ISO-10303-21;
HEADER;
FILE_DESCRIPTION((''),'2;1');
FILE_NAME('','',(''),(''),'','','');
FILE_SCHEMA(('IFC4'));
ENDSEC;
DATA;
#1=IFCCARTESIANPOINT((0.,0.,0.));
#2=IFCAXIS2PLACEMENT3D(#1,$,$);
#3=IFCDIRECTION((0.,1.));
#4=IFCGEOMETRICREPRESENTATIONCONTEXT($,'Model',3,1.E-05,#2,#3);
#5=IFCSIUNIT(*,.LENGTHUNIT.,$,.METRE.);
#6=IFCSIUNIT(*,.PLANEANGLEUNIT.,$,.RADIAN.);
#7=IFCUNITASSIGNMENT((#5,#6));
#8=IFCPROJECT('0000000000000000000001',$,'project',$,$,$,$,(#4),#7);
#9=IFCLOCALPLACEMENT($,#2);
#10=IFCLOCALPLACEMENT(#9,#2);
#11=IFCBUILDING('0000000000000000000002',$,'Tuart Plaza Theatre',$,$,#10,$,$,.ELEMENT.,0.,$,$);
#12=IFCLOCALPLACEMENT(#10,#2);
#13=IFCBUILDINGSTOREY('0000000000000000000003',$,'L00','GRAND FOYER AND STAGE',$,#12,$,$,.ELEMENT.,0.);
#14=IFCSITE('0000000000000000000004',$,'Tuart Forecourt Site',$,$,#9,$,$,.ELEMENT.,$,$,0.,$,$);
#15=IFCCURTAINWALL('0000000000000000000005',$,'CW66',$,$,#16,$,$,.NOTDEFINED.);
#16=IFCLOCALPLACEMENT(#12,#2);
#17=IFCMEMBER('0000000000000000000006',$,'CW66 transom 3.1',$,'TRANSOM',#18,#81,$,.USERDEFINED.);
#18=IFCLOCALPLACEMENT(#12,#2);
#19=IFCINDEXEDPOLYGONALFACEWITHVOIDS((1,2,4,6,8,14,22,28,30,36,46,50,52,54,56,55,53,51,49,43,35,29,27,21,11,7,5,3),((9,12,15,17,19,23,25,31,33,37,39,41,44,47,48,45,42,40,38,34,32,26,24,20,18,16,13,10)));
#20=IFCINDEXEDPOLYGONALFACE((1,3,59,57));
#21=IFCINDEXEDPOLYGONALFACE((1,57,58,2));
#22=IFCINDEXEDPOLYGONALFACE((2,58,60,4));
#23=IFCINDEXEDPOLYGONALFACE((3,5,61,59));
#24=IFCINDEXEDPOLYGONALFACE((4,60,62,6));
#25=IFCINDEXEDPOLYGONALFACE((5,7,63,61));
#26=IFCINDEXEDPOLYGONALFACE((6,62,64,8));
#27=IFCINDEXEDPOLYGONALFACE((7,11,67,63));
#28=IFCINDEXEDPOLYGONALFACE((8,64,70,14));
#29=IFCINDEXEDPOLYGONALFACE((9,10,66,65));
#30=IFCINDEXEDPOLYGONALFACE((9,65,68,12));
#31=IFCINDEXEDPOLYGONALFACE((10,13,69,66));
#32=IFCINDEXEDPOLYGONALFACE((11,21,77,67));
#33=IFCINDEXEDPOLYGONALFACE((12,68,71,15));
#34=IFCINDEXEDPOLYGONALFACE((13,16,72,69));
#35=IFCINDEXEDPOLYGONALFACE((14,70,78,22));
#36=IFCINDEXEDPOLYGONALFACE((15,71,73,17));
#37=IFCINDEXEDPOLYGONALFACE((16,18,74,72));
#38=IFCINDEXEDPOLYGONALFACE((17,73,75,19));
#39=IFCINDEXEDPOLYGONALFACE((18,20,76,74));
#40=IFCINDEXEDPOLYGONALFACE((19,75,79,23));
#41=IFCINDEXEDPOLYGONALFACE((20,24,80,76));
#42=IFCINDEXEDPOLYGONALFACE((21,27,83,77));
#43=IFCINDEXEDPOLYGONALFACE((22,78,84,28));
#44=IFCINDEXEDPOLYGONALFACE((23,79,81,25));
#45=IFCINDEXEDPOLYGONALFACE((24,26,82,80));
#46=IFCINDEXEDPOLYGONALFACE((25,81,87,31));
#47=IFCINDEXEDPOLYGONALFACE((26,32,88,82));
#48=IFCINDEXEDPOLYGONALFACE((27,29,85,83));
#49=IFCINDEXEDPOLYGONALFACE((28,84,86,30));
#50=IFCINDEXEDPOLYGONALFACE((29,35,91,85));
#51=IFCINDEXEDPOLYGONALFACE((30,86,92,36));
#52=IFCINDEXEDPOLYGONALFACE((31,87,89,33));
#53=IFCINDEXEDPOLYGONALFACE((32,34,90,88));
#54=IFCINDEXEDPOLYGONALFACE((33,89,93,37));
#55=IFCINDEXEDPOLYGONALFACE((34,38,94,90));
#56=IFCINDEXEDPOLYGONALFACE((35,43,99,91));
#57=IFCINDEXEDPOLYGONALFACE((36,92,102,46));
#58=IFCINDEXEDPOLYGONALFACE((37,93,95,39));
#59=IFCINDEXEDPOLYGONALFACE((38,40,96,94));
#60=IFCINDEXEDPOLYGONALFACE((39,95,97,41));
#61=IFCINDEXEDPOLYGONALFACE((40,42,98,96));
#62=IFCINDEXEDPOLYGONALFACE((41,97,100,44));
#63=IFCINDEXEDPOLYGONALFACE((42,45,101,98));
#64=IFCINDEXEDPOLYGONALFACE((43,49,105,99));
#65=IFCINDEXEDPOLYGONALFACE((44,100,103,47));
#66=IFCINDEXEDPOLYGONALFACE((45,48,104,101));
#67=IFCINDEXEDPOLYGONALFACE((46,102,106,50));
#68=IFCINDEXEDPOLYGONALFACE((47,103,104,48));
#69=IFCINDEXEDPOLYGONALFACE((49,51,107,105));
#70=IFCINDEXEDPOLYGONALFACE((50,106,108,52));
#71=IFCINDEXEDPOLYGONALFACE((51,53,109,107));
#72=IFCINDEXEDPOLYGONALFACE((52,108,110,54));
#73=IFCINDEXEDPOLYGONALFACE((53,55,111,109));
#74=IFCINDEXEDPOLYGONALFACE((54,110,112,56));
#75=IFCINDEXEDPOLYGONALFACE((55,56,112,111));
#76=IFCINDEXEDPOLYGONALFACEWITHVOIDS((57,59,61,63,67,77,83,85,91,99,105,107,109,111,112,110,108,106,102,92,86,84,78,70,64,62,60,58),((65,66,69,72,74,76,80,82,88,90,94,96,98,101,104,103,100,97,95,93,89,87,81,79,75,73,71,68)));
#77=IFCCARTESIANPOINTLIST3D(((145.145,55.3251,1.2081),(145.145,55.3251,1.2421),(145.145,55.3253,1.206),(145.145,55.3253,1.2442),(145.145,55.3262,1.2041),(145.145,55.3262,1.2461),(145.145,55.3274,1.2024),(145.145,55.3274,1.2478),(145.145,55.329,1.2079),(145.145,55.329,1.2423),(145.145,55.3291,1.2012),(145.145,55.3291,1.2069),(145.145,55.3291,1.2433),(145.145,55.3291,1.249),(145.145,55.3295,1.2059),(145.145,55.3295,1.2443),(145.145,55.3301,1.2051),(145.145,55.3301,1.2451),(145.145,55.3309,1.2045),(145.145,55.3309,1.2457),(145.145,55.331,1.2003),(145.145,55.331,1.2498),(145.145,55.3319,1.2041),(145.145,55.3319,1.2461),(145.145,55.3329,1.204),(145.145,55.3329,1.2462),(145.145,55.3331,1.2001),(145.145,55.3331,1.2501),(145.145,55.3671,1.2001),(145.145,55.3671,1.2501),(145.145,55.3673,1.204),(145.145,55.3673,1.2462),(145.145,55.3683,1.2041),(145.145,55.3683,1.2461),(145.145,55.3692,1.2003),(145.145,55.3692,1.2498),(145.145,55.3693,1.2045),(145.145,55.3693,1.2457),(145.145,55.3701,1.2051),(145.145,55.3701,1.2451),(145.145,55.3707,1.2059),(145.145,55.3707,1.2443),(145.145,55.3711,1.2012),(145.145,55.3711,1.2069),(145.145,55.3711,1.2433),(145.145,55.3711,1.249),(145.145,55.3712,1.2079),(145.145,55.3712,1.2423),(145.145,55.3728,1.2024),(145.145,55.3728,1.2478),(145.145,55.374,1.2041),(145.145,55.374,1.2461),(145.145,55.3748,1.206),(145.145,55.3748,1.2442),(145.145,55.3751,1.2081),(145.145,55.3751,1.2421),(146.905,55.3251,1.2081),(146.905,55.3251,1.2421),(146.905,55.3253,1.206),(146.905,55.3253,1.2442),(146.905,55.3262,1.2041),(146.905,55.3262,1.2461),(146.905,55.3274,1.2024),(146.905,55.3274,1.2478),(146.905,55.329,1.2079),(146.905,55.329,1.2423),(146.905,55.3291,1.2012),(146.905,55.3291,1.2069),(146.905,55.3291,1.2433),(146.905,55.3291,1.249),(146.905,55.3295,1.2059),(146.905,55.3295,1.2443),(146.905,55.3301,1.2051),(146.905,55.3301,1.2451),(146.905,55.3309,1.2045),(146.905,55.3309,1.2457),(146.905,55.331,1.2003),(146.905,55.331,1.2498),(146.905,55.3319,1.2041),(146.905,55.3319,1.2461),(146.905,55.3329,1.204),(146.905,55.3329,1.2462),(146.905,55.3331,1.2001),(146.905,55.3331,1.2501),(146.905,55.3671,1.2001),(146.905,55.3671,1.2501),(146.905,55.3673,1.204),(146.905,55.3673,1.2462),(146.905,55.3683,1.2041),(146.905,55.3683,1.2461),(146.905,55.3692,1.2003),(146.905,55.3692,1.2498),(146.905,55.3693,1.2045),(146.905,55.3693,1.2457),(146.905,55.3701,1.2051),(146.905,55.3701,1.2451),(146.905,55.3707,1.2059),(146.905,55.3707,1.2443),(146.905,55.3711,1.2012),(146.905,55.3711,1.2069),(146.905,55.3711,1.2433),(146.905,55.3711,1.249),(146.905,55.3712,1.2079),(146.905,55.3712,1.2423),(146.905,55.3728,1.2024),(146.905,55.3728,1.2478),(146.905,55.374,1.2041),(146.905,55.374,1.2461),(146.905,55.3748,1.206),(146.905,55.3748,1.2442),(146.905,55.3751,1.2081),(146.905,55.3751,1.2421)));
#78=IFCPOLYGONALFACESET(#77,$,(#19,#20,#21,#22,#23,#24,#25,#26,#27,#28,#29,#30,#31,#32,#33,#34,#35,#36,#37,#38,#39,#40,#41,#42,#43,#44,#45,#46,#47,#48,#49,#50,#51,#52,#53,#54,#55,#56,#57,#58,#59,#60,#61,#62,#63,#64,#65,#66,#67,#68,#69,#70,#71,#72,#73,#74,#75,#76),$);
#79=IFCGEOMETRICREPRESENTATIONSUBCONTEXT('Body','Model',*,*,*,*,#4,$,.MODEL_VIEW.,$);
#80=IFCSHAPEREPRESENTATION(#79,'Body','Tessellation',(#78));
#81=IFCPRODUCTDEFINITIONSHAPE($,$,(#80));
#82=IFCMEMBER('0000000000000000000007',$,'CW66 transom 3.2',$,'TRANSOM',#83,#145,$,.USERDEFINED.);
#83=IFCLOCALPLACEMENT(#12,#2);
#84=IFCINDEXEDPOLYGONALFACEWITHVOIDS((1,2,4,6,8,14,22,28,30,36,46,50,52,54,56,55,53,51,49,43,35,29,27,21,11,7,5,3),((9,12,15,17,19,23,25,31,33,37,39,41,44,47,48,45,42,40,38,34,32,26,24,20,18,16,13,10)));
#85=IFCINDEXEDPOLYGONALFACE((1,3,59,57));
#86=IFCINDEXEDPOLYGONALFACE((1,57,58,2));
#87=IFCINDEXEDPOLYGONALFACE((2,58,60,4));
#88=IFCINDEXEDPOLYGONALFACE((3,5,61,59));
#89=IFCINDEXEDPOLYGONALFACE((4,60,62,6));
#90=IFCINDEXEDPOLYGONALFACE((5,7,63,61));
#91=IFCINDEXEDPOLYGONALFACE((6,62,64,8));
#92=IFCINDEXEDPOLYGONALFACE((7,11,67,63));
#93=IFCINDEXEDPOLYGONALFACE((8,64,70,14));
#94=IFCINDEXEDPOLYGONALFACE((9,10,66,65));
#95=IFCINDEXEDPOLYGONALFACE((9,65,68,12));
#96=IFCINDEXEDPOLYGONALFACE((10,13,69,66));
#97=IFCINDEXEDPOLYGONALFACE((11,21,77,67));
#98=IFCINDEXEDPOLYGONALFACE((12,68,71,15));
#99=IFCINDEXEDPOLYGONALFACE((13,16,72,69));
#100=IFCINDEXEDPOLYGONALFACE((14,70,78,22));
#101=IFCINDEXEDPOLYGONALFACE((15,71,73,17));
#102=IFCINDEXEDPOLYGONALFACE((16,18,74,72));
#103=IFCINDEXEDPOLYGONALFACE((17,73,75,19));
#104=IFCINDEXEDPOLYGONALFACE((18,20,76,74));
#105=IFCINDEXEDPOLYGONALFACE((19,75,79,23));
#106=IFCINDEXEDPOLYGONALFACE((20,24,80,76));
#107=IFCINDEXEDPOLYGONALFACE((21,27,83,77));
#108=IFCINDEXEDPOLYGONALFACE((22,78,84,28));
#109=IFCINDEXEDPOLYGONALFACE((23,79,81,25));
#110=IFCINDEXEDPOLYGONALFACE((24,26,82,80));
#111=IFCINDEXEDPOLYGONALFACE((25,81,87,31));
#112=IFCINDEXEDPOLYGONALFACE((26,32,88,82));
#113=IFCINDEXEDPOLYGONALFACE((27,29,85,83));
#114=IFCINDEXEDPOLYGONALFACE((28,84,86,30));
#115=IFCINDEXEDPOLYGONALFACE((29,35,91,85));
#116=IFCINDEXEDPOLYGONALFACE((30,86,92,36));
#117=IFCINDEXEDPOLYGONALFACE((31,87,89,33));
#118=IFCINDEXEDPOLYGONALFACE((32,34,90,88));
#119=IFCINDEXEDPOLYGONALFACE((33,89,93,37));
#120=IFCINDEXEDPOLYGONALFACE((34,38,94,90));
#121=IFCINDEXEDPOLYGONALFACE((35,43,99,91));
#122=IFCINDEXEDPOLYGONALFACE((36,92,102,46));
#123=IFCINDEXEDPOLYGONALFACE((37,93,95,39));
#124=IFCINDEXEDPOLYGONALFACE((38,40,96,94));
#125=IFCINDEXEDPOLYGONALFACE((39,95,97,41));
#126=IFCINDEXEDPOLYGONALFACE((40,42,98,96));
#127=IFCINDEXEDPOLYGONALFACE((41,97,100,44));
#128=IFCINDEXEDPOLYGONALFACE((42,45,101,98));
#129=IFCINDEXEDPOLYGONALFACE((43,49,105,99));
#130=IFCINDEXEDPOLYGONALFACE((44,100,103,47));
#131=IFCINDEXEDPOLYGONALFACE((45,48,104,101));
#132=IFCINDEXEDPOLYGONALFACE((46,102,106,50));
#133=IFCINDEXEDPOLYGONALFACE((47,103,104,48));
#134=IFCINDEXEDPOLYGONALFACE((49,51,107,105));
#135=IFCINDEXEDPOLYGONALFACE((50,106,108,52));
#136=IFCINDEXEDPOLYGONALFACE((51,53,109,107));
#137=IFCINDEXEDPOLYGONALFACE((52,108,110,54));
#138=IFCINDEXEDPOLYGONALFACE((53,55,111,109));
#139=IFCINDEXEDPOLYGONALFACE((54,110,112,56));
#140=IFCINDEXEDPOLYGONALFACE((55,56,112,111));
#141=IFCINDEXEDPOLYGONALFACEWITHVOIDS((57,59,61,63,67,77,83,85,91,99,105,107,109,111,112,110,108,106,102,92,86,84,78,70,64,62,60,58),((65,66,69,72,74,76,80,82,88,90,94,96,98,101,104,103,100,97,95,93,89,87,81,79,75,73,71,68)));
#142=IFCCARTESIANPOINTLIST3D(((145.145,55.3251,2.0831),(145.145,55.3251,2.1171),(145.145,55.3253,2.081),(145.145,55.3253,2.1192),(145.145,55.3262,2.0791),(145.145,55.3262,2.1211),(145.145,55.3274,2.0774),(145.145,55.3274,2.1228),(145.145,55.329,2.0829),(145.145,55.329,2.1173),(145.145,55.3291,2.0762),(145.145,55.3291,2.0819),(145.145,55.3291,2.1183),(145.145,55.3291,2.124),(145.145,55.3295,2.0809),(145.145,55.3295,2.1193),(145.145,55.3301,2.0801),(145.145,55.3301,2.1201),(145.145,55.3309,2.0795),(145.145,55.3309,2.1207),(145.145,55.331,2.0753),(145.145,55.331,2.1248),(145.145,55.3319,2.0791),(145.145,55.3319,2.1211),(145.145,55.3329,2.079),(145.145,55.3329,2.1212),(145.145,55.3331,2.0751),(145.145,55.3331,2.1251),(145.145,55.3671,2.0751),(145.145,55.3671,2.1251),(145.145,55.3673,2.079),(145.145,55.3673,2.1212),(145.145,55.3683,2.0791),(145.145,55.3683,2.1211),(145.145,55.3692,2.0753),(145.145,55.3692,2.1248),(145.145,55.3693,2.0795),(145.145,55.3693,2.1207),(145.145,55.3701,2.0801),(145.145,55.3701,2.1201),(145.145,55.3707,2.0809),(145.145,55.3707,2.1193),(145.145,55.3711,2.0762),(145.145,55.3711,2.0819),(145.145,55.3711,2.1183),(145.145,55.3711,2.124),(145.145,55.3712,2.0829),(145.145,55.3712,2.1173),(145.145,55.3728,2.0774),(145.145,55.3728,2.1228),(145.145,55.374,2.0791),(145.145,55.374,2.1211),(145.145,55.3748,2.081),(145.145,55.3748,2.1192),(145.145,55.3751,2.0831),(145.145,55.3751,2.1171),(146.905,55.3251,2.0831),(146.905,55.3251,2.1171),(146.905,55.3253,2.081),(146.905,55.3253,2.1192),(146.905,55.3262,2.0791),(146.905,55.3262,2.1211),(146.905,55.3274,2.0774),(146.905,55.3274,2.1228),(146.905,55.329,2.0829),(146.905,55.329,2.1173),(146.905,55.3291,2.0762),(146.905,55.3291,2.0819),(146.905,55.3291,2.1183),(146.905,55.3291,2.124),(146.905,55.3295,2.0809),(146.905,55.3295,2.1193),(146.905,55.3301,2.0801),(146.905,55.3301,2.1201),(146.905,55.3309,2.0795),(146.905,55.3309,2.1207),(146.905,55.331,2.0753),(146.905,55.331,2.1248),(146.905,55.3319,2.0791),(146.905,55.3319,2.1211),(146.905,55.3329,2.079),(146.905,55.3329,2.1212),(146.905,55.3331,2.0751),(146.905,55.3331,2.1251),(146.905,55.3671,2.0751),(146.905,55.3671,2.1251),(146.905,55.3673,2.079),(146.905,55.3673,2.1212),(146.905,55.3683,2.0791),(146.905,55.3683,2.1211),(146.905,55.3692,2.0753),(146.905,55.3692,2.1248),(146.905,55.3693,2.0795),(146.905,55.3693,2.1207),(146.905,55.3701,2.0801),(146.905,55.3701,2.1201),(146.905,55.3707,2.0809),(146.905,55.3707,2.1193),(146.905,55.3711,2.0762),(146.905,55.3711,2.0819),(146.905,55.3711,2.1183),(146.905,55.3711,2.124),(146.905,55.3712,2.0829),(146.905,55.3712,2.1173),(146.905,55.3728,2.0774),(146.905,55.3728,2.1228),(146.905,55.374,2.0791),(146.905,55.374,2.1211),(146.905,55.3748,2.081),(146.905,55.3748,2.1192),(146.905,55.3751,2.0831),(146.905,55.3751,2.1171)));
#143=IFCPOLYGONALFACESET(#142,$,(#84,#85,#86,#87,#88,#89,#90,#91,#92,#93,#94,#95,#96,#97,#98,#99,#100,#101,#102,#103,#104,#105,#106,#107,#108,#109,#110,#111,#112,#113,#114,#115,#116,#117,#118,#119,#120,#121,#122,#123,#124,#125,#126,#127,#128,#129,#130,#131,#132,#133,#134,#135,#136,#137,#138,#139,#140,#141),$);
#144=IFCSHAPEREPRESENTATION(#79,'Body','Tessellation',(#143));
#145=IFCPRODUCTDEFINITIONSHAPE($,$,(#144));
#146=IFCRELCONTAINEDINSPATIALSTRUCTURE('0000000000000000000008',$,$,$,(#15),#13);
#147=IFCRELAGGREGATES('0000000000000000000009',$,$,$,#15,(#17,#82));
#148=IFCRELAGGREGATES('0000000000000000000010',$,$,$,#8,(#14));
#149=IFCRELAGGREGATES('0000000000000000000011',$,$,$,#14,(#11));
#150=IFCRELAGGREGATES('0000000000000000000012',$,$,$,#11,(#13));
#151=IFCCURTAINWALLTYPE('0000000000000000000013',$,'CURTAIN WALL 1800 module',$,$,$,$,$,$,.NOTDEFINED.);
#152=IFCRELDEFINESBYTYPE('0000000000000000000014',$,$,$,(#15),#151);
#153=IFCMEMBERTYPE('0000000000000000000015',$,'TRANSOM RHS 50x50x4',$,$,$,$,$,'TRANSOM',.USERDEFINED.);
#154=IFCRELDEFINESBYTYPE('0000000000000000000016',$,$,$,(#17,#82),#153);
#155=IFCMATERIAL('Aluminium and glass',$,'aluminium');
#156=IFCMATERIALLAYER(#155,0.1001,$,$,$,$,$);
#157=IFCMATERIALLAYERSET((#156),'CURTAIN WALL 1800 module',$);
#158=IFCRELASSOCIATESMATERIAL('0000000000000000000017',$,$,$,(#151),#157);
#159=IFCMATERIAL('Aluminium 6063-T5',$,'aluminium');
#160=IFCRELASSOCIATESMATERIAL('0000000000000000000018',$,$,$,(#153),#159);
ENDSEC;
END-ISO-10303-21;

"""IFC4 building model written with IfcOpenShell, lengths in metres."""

from ifc_helpers import new_model, si_unit, direction, frame, origin, origin_2d, place, context, subcontext, project, spatial, hollow_rectangle, extrude, material, layer, layer_set, material_profile, profile_set, type_object, element, aggregate, save


model = new_model("IFC4")

# Units and contexts
model_context = context("Model", 3, precision=1e-05, world=origin(), true_north=direction((0.0, 1.0)))
body_context = subcontext(model_context, "Body", "Model", "MODEL_VIEW")
ifc_project = project(units=[si_unit("LENGTHUNIT", "METRE"), si_unit("PLANEANGLEUNIT", "RADIAN")], contexts=[model_context])

# Site, building, storey
site_placement = place(None, origin())
site = spatial("IfcSite", under=ifc_project, at=site_placement, Name="Tuart Forecourt Site", CompositionType="ELEMENT", RefElevation=0.0)
building_placement = place(site_placement, origin())
building = spatial("IfcBuilding", under=site, at=building_placement, Name="Tuart Plaza Theatre", CompositionType="ELEMENT", ElevationOfRefHeight=0.0)
storey_placement = place(building_placement, origin())
storey = spatial("IfcBuildingStorey", under=building, at=storey_placement, Name="L00", Description="GRAND FOYER AND STAGE", CompositionType="ELEMENT", Elevation=0.0)

# Curtain wall, members
ifc_material_1 = material(Name="Aluminium and glass", Category="aluminium")
ifc_layer_1 = layer(ifc_material_1, 0.1001)
ifc_layer_set_1 = layer_set([ifc_layer_1], Name="CURTAIN WALL 1800 module")
curtain_wall_type = type_object("IfcCurtainWallType", Name="CURTAIN WALL 1800 module", PredefinedType="NOTDEFINED", material=ifc_layer_set_1)
curtain_wall_placement = place(storey_placement, origin())
curtain_wall = element("IfcCurtainWall", 1, at=curtain_wall_placement, inside=storey, type_object=curtain_wall_type, Name="CW66", PredefinedType="NOTDEFINED")
ifc_material_2 = material(Name="Aluminium 6063-T5", Category="aluminium")
ifc_material_profile_1 = material_profile(ifc_material_2, hollow_rectangle(XDim=0.05, YDim=0.05, WallThickness=0.0039, InnerFilletRadius=0.0039, OuterFilletRadius=0.0081, at=origin_2d()), Name="RHS 50x50x4")
ifc_profile_set_1 = profile_set([ifc_material_profile_1], Name="Aluminium 6063-T5")
member_type_1 = type_object("IfcMemberType", Name="TRANSOM RHS 50x50x4", ElementType="TRANSOM", PredefinedType="USERDEFINED", material=ifc_profile_set_1)
member_1_placement = place(storey_placement, frame((145.145, 55.3501, 1.2251), z_axis=(1.0, 0.0, 0.0), x_axis=(0.0, 1.0, 0.0)))
member_1 = element("IfcMember", 2, at=member_1_placement, type_object=member_type_1, Name="CW66 transom 3.1", ObjectType="TRANSOM", PredefinedType="USERDEFINED", context=body_context, shape_type="SweptSolid", body=[
    extrude(hollow_rectangle(XDim=0.05, YDim=0.05, WallThickness=0.0039, InnerFilletRadius=0.0039, OuterFilletRadius=0.0081, at=origin_2d()), origin(), (0.0, 0.0, 1.0), 1.76),
])
member_2_placement = place(storey_placement, frame((145.145, 55.3501, 2.1001), z_axis=(1.0, 0.0, 0.0), x_axis=(0.0, 1.0, 0.0)))
member_2 = element("IfcMember", 3, at=member_2_placement, type_object=member_type_1, Name="CW66 transom 3.2", ObjectType="TRANSOM", PredefinedType="USERDEFINED", context=body_context, shape_type="SweptSolid", body=[
    extrude(hollow_rectangle(XDim=0.05, YDim=0.05, WallThickness=0.0039, InnerFilletRadius=0.0039, OuterFilletRadius=0.0081, at=origin_2d()), origin(), (0.0, 0.0, 1.0), 1.76),
])
aggregate(curtain_wall, [member_1, member_2])

save(model, "model.ifc")
